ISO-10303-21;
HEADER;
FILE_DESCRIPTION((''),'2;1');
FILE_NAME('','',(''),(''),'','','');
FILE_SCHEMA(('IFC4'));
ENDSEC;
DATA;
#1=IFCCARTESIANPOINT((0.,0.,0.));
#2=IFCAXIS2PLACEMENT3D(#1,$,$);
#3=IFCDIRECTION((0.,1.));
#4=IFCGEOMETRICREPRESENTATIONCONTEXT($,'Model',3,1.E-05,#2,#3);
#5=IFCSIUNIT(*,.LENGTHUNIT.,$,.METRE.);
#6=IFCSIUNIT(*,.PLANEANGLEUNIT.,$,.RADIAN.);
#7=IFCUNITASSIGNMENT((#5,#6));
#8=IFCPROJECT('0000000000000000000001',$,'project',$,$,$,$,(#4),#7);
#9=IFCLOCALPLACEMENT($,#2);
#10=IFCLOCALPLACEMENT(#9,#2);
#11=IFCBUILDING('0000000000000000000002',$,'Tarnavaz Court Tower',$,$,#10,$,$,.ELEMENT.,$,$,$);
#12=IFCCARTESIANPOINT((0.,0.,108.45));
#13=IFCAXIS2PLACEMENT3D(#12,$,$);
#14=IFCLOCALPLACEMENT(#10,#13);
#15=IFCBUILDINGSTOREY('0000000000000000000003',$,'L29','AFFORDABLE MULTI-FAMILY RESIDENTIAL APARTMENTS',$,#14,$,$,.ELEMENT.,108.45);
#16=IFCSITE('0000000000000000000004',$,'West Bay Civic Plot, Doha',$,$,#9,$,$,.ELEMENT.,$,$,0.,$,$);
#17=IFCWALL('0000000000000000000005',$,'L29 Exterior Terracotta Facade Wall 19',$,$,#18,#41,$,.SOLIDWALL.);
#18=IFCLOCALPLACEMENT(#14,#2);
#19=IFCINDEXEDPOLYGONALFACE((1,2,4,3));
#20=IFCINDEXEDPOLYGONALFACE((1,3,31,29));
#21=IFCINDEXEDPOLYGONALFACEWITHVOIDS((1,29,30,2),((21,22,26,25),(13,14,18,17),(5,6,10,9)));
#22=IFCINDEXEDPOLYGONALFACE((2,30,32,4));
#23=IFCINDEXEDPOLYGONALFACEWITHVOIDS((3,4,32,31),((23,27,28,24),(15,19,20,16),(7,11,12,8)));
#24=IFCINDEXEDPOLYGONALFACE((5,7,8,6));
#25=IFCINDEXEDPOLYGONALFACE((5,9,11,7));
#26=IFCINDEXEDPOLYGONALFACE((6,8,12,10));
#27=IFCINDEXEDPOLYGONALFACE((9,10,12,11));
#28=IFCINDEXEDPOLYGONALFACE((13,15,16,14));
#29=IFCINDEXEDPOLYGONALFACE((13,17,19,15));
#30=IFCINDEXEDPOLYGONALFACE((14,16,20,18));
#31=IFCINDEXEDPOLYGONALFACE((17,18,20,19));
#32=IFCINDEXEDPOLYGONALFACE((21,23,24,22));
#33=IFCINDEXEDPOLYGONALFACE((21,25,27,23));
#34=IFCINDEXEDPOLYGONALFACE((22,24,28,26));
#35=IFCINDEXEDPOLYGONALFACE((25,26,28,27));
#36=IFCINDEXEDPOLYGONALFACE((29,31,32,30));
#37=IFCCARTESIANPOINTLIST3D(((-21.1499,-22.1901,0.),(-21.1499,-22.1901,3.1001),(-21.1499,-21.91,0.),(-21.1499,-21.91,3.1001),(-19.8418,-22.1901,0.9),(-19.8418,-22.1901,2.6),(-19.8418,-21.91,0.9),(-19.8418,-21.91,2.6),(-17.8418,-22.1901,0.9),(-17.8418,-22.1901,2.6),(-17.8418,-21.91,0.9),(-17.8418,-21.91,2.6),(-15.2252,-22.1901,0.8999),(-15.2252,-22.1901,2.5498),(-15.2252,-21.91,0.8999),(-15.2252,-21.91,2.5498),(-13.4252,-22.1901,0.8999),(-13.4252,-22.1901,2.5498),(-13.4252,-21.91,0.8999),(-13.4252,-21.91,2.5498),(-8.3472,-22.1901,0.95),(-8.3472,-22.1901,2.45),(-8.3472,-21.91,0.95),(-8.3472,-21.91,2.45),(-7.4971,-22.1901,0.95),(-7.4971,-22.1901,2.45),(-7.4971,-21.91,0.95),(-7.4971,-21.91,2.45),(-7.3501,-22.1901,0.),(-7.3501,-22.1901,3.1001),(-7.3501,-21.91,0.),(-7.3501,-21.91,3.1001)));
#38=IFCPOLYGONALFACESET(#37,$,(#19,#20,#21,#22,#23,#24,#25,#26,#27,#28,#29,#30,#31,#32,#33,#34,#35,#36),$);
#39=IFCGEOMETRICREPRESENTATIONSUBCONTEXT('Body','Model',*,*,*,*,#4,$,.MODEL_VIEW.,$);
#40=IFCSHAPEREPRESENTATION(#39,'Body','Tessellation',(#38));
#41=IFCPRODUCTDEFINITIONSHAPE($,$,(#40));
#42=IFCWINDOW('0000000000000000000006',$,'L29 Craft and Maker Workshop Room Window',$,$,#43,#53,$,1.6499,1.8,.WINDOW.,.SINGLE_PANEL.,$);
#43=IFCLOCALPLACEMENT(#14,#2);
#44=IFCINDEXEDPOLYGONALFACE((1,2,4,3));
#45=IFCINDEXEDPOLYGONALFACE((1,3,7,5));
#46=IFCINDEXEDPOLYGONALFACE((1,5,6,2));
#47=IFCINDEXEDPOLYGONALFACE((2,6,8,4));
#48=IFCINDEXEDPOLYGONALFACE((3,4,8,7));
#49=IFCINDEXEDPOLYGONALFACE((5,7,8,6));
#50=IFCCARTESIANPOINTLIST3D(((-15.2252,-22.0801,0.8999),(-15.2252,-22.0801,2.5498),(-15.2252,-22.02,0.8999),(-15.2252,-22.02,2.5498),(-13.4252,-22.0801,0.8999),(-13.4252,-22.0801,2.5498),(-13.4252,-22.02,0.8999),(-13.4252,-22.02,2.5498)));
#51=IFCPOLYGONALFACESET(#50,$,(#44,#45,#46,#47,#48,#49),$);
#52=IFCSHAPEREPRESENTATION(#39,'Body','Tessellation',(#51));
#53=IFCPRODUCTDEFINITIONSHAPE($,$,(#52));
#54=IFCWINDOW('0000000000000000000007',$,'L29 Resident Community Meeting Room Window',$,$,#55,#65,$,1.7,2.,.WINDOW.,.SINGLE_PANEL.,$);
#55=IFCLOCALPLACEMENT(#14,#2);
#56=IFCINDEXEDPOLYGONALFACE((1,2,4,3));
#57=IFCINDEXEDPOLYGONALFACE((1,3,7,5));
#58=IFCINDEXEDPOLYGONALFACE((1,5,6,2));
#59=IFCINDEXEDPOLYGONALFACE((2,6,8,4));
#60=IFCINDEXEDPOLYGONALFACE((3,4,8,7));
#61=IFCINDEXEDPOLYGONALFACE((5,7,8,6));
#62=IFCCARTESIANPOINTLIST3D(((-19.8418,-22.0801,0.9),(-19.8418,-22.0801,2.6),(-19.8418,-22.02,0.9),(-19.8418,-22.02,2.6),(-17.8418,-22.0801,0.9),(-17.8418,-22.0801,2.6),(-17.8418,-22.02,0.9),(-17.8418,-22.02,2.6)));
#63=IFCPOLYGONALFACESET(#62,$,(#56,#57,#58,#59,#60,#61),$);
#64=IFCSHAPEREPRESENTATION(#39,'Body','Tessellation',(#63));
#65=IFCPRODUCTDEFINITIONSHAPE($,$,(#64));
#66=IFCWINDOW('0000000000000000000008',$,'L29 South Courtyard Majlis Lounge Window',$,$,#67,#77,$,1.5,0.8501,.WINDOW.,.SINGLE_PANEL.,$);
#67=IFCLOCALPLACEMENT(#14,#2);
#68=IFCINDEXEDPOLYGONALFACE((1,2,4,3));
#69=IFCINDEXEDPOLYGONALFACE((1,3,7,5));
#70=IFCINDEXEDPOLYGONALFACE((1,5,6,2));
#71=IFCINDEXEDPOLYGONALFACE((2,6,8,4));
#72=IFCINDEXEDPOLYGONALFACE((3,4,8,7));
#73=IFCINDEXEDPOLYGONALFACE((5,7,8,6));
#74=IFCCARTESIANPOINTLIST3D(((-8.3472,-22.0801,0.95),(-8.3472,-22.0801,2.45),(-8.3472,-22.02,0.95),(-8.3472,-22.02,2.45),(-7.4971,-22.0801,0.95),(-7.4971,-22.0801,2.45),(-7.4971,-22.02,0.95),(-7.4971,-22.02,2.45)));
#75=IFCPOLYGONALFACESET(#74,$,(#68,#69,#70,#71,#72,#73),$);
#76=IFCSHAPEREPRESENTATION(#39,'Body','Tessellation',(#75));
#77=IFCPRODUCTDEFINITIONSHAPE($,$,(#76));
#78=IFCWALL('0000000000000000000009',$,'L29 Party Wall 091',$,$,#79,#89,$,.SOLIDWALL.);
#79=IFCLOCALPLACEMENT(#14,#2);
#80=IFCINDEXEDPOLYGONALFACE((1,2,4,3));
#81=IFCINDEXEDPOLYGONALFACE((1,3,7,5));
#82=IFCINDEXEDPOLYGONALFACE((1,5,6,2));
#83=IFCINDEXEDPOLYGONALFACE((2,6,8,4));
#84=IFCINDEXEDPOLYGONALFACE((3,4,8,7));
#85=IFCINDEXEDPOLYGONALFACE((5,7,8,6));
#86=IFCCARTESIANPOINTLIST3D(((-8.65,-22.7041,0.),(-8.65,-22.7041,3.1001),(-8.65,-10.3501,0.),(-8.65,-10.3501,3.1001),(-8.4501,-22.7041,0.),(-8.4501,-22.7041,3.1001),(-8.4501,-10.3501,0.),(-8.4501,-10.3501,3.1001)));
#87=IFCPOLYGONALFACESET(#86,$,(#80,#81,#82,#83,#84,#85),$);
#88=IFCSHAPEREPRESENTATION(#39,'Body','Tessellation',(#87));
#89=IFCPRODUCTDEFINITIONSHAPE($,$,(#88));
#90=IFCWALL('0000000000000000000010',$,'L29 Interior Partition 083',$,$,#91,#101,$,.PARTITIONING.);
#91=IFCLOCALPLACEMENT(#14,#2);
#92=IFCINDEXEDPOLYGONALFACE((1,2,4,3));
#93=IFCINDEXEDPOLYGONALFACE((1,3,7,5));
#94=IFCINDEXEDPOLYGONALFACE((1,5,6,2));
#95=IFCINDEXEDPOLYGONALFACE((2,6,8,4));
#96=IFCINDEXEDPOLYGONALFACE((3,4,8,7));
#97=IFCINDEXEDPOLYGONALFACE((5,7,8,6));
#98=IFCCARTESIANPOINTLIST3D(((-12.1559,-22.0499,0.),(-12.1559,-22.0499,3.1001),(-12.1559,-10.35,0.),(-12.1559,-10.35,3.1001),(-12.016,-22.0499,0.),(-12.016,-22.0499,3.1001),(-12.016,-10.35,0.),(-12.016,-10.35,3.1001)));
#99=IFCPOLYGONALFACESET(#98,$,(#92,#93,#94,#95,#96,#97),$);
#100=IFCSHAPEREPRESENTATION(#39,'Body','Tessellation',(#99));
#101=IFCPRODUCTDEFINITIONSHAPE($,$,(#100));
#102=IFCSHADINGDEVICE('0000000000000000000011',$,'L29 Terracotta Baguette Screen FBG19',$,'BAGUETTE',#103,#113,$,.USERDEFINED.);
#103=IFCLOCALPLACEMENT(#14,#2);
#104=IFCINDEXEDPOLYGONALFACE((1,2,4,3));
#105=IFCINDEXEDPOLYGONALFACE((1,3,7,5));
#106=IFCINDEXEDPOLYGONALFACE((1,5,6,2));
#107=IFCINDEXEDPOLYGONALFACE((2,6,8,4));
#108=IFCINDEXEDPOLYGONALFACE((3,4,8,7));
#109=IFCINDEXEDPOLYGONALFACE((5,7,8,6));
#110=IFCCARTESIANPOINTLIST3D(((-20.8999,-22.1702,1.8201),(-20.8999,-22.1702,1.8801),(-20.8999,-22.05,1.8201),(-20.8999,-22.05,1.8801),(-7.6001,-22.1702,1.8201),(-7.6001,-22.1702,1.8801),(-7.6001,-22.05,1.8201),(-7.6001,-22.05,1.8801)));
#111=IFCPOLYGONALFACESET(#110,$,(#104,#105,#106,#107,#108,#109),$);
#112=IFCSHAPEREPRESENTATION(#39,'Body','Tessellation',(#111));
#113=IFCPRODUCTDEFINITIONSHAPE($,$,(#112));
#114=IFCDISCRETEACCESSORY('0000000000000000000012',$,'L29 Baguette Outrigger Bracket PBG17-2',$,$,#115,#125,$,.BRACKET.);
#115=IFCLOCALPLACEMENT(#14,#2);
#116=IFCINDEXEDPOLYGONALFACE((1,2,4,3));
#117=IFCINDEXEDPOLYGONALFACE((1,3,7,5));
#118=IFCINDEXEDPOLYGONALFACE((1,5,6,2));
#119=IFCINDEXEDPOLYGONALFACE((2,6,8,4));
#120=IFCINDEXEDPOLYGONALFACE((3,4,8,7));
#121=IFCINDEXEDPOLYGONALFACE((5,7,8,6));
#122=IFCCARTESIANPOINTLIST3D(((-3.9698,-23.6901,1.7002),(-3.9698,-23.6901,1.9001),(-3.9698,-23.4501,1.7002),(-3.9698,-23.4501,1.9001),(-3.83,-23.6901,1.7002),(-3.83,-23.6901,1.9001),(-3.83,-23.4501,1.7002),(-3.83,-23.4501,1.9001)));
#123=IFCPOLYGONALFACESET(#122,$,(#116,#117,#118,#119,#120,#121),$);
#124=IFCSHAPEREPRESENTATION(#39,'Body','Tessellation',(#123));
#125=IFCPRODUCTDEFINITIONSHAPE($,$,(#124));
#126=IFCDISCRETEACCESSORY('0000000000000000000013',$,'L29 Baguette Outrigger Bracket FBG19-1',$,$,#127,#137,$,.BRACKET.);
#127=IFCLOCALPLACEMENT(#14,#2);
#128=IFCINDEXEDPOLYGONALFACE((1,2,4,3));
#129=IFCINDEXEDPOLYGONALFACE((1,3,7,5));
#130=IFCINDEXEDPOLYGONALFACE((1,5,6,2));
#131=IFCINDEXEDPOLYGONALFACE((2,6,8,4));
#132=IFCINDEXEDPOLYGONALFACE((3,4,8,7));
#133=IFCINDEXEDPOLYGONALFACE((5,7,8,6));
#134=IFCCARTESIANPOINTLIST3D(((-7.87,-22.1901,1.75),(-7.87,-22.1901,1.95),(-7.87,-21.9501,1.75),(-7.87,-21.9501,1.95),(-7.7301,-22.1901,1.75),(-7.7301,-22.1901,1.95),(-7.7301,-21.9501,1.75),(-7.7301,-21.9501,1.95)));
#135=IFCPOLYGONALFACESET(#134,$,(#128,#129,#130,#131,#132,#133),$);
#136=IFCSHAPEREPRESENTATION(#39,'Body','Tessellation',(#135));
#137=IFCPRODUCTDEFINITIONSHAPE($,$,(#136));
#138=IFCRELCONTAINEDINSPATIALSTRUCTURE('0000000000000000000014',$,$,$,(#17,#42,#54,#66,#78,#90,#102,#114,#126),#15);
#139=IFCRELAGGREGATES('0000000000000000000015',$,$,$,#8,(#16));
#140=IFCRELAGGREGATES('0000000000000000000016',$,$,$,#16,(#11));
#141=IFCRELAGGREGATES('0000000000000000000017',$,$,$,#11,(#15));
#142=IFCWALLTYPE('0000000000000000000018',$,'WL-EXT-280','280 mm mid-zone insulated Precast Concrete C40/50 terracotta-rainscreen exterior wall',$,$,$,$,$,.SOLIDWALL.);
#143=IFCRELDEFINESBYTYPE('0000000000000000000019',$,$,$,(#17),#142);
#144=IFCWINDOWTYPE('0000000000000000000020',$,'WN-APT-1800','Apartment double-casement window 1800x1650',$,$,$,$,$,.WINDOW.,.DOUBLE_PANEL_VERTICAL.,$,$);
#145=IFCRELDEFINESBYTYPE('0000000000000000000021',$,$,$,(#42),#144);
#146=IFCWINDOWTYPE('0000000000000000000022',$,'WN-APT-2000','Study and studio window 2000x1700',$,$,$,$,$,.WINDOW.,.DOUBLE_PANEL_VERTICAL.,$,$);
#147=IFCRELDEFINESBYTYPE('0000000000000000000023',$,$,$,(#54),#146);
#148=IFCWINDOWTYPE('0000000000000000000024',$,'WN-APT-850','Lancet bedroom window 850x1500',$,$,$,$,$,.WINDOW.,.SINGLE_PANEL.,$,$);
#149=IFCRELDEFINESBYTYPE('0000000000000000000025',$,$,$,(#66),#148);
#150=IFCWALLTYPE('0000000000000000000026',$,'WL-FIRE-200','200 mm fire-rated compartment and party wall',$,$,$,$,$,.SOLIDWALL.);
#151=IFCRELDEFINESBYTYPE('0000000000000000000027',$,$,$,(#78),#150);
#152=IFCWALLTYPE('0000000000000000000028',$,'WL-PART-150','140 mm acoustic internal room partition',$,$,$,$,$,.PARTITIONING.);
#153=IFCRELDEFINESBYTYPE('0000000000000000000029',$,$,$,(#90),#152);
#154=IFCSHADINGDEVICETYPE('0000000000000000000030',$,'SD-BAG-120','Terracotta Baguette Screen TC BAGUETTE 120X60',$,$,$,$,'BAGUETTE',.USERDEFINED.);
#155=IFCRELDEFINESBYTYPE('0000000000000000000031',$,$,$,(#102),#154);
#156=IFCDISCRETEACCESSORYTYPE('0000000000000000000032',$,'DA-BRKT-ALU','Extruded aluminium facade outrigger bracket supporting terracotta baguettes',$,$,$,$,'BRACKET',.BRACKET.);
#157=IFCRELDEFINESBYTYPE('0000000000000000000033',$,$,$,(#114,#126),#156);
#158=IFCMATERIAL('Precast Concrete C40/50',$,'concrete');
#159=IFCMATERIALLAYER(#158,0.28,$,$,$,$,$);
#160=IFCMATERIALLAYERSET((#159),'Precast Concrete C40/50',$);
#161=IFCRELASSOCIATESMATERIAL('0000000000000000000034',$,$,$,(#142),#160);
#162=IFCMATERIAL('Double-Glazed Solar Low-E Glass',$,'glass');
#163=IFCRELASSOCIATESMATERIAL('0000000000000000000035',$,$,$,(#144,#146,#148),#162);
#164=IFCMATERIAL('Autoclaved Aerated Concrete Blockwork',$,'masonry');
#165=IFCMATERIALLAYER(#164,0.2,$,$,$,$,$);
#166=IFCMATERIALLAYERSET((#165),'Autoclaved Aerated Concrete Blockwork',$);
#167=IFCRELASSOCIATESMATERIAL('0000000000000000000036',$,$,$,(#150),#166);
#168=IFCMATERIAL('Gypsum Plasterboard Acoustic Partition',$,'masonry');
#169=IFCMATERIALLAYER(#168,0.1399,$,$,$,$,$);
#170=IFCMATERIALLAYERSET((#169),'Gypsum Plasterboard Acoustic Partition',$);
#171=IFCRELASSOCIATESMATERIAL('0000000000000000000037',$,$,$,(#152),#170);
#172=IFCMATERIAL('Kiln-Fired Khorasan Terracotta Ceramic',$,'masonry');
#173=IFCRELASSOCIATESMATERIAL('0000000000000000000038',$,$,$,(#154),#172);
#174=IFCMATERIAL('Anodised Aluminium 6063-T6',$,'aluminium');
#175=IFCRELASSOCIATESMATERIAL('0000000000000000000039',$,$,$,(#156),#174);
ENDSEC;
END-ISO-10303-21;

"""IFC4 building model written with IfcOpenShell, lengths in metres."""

from ifc_helpers import new_model, si_unit, direction, frame, frame_2d, origin, origin_2d, place, context, subcontext, project, spatial, rectangle, extrude, material, layer, layer_set, material_profile, profile_set, type_object, element, fill, save


model = new_model("IFC4")

# Units and contexts
model_context = context("Model", 3, precision=1e-05, world=origin(), true_north=direction((0.0, 1.0)))
body_context = subcontext(model_context, "Body", "Model", "MODEL_VIEW")
ifc_project = project(units=[si_unit("LENGTHUNIT", "METRE"), si_unit("PLANEANGLEUNIT", "RADIAN")], contexts=[model_context])

# Site, building, storey
site_placement = place(None, origin())
site = spatial("IfcSite", under=ifc_project, at=site_placement, Name="West Bay Civic Plot, Doha", CompositionType="ELEMENT", RefElevation=0.0)
building_placement = place(site_placement, origin())
building = spatial("IfcBuilding", under=site, at=building_placement, Name="Tarnavaz Court Tower", CompositionType="ELEMENT")
storey_placement = place(building_placement, frame((0.0, 0.0, 108.45)))
storey = spatial("IfcBuildingStorey", under=building, at=storey_placement, Name="L29", Description="AFFORDABLE MULTI-FAMILY RESIDENTIAL APARTMENTS", CompositionType="ELEMENT", Elevation=108.45)

# Shared definitions
ifc_material_1 = material(Name="Anodised Aluminium 6063-T6", Category="aluminium")
ifc_material_2 = material(Name="Double-Glazed Solar Low-E Glass", Category="glass")

# Shared definitions
ifc_material_3 = material(Name="Precast Concrete C40/50", Category="concrete")
ifc_layer_1 = layer(ifc_material_3, 0.28)
ifc_layer_set_1 = layer_set([ifc_layer_1], Name="Precast Concrete C40/50")
wall_type_1 = type_object("IfcWallType", Name="WL-EXT-280", Description="280 mm mid-zone insulated Precast Concrete C40/50 terracotta-rainscreen exterior wall", PredefinedType="SOLIDWALL", material=ifc_layer_set_1)

# Wall, openings, windows
wall_1_placement = place(storey_placement, frame((-7.3501, -22.05, 0.0), z_axis=(0.0, 0.0, 1.0), x_axis=(-1.0, 0.0, 0.0)))
wall_1 = element("IfcWall", 1, at=wall_1_placement, inside=storey, type_object=wall_type_1, Name="L29 Exterior Terracotta Facade Wall 19", PredefinedType="SOLIDWALL", context=body_context, shape_type="SweptSolid", body=[
    extrude(rectangle(XDim=13.7998, YDim=0.28, at=frame_2d((6.8999, 0.0))), origin(), (0.0, 0.0, 1.0), 3.1001),
])
opening_1_placement = place(wall_1_placement, frame((0.147, 0.0, 0.95)))
opening_1 = element("IfcOpeningElement", 2, at=opening_1_placement, cuts=wall_1, PredefinedType="OPENING", context=body_context, shape_type="SweptSolid", body=[
    extrude(rectangle(XDim=0.8501, YDim=1.5, at=frame_2d((0.425, 0.75))), frame((0.0, 0.1499, 0.0), z_axis=(0.0, -1.0, 0.0), x_axis=(1.0, 0.0, 0.0)), (0.0, 0.0, 1.0), 0.3),
])
opening_2_placement = place(wall_1_placement, frame((6.0752, 0.0, 0.8999)))
opening_2 = element("IfcOpeningElement", 3, at=opening_2_placement, cuts=wall_1, PredefinedType="OPENING", context=body_context, shape_type="SweptSolid", body=[
    extrude(rectangle(XDim=1.8, YDim=1.6499, at=frame_2d((0.8999, 0.825))), frame((0.0, 0.1499, 0.0), z_axis=(0.0, -1.0, 0.0), x_axis=(1.0, 0.0, 0.0)), (0.0, 0.0, 1.0), 0.3),
])
opening_3_placement = place(wall_1_placement, frame((10.4917, 0.0, 0.8999)))
opening_3 = element("IfcOpeningElement", 4, at=opening_3_placement, cuts=wall_1, PredefinedType="OPENING", context=body_context, shape_type="SweptSolid", body=[
    extrude(rectangle(XDim=2.0, YDim=1.7, at=frame_2d((1.0, 0.8501))), frame((0.0, 0.1499, 0.0), z_axis=(0.0, -1.0, 0.0), x_axis=(1.0, 0.0, 0.0)), (0.0, 0.0, 1.0), 0.3),
])
window_type_1 = type_object("IfcWindowType", Name="WN-APT-1800", Description="Apartment double-casement window 1800x1650", PartitioningType="DOUBLE_PANEL_VERTICAL", PredefinedType="WINDOW", material=ifc_material_2)
window_1_placement = place(opening_2_placement, origin())
window_1 = element("IfcWindow", 5, at=window_1_placement, inside=storey, type_object=window_type_1, Name="L29 Craft and Maker Workshop Room Window", OverallHeight=1.6499, OverallWidth=1.8, PartitioningType="SINGLE_PANEL", PredefinedType="WINDOW", context=body_context, shape_type="SweptSolid", body=[
    extrude(rectangle(XDim=1.8, YDim=1.6499, at=frame_2d((0.8999, 0.825))), frame((0.0, 0.03, 0.0), z_axis=(0.0, -1.0, 0.0), x_axis=(1.0, 0.0, 0.0)), (0.0, 0.0, 1.0), 0.0601),
])
fill(opening_2, window_1)
window_type_2 = type_object("IfcWindowType", Name="WN-APT-2000", Description="Study and studio window 2000x1700", PartitioningType="DOUBLE_PANEL_VERTICAL", PredefinedType="WINDOW", material=ifc_material_2)
window_2_placement = place(opening_3_placement, origin())
window_2 = element("IfcWindow", 6, at=window_2_placement, inside=storey, type_object=window_type_2, Name="L29 Resident Community Meeting Room Window", OverallHeight=1.7, OverallWidth=2.0, PartitioningType="SINGLE_PANEL", PredefinedType="WINDOW", context=body_context, shape_type="SweptSolid", body=[
    extrude(rectangle(XDim=2.0, YDim=1.7, at=frame_2d((1.0, 0.8501))), frame((0.0, 0.03, 0.0), z_axis=(0.0, -1.0, 0.0), x_axis=(1.0, 0.0, 0.0)), (0.0, 0.0, 1.0), 0.0601),
])
fill(opening_3, window_2)
window_type_3 = type_object("IfcWindowType", Name="WN-APT-850", Description="Lancet bedroom window 850x1500", PartitioningType="SINGLE_PANEL", PredefinedType="WINDOW", material=ifc_material_2)
window_3_placement = place(opening_1_placement, origin())
window_3 = element("IfcWindow", 7, at=window_3_placement, inside=storey, type_object=window_type_3, Name="L29 South Courtyard Majlis Lounge Window", OverallHeight=1.5, OverallWidth=0.8501, PartitioningType="SINGLE_PANEL", PredefinedType="WINDOW", context=body_context, shape_type="SweptSolid", body=[
    extrude(rectangle(XDim=0.8501, YDim=1.5, at=frame_2d((0.425, 0.75))), frame((0.0, 0.03, 0.0), z_axis=(0.0, -1.0, 0.0), x_axis=(1.0, 0.0, 0.0)), (0.0, 0.0, 1.0), 0.0601),
])
fill(opening_1, window_3)

# Walls
ifc_material_4 = material(Name="Autoclaved Aerated Concrete Blockwork", Category="masonry")
ifc_layer_2 = layer(ifc_material_4, 0.2)
ifc_layer_set_2 = layer_set([ifc_layer_2], Name="Autoclaved Aerated Concrete Blockwork")
wall_type_2 = type_object("IfcWallType", Name="WL-FIRE-200", Description="200 mm fire-rated compartment and party wall", PredefinedType="SOLIDWALL", material=ifc_layer_set_2)
wall_2_placement = place(storey_placement, frame((-8.55, -22.7041, 0.0), z_axis=(0.0, 0.0, 1.0), x_axis=(0.0, 1.0, 0.0)))
element("IfcWall", 8, at=wall_2_placement, inside=storey, type_object=wall_type_2, Name="L29 Party Wall 091", PredefinedType="SOLIDWALL", context=body_context, shape_type="SweptSolid", body=[
    extrude(rectangle(XDim=12.354, YDim=0.2, at=frame_2d((6.177, 0.0))), origin(), (0.0, 0.0, 1.0), 3.1001),
])
ifc_material_5 = material(Name="Gypsum Plasterboard Acoustic Partition", Category="masonry")
ifc_layer_3 = layer(ifc_material_5, 0.1399)
ifc_layer_set_3 = layer_set([ifc_layer_3], Name="Gypsum Plasterboard Acoustic Partition")
wall_type_3 = type_object("IfcWallType", Name="WL-PART-150", Description="140 mm acoustic internal room partition", PredefinedType="PARTITIONING", material=ifc_layer_set_3)
wall_3_placement = place(storey_placement, frame((-12.0859, -22.05, 0.0), z_axis=(0.0, 0.0, 1.0), x_axis=(0.0, 1.0, 0.0)))
element("IfcWall", 9, at=wall_3_placement, inside=storey, type_object=wall_type_3, Name="L29 Interior Partition 083", PredefinedType="PARTITIONING", context=body_context, shape_type="SweptSolid", body=[
    extrude(rectangle(XDim=11.7, YDim=0.1399, at=frame_2d((5.8501, 0.0))), origin(), (0.0, 0.0, 1.0), 3.1001),
])

# Shading device
ifc_material_6 = material(Name="Kiln-Fired Khorasan Terracotta Ceramic", Category="masonry")
ifc_material_profile_1 = material_profile(ifc_material_6, rectangle(XDim=0.1201, YDim=0.0601, at=origin_2d()), Name="TC BAGUETTE 120X60")
ifc_profile_set_1 = profile_set([ifc_material_profile_1], Name="Kiln-Fired Khorasan Terracotta Ceramic")
shading_device_type = type_object("IfcShadingDeviceType", Name="SD-BAG-120", Description="Terracotta Baguette Screen TC BAGUETTE 120X60", ElementType="BAGUETTE", PredefinedType="USERDEFINED", material=ifc_profile_set_1)
shading_device_placement = place(storey_placement, frame((-7.6001, -22.1101, 1.8501), z_axis=(-1.0, 0.0, 0.0), x_axis=(0.0, -1.0, 0.0)))
element("IfcShadingDevice", 10, at=shading_device_placement, inside=storey, type_object=shading_device_type, Name="L29 Terracotta Baguette Screen FBG19", ObjectType="BAGUETTE", PredefinedType="USERDEFINED", context=body_context, shape_type="SweptSolid", body=[
    extrude(rectangle(XDim=0.1201, YDim=0.0601, at=origin_2d()), origin(), (0.0, 0.0, 1.0), 13.2998),
])

# Discrete accessories
discrete_accessory_type = type_object("IfcDiscreteAccessoryType", Name="DA-BRKT-ALU", Description="Extruded aluminium facade outrigger bracket supporting terracotta baguettes", ElementType="BRACKET", PredefinedType="BRACKET", material=ifc_material_1)
for number, where, z_axis, x_axis, name in (
    (11, (-3.8999, -23.5701, 1.7002), (0.0, 0.0, 1.0), (-1.0, 0.0, 0.0), "L29 Baguette Outrigger Bracket PBG17-2"),
    (12, (-7.8, -22.0701, 1.75), (0.0, 0.0, 1.0), (-1.0, 0.0, 0.0), "L29 Baguette Outrigger Bracket FBG19-1"),
):
    element("IfcDiscreteAccessory", number, at=place(storey_placement, frame(where, z_axis=z_axis, x_axis=x_axis)), inside=storey, type_object=discrete_accessory_type, Name=name, PredefinedType="BRACKET", context=body_context, shape_type="SweptSolid", body=[
        extrude(rectangle(XDim=0.1399, YDim=0.24, at=origin_2d()), origin(), (0.0, 0.0, 1.0), 0.2),
    ])

save(model, "model.ifc")
